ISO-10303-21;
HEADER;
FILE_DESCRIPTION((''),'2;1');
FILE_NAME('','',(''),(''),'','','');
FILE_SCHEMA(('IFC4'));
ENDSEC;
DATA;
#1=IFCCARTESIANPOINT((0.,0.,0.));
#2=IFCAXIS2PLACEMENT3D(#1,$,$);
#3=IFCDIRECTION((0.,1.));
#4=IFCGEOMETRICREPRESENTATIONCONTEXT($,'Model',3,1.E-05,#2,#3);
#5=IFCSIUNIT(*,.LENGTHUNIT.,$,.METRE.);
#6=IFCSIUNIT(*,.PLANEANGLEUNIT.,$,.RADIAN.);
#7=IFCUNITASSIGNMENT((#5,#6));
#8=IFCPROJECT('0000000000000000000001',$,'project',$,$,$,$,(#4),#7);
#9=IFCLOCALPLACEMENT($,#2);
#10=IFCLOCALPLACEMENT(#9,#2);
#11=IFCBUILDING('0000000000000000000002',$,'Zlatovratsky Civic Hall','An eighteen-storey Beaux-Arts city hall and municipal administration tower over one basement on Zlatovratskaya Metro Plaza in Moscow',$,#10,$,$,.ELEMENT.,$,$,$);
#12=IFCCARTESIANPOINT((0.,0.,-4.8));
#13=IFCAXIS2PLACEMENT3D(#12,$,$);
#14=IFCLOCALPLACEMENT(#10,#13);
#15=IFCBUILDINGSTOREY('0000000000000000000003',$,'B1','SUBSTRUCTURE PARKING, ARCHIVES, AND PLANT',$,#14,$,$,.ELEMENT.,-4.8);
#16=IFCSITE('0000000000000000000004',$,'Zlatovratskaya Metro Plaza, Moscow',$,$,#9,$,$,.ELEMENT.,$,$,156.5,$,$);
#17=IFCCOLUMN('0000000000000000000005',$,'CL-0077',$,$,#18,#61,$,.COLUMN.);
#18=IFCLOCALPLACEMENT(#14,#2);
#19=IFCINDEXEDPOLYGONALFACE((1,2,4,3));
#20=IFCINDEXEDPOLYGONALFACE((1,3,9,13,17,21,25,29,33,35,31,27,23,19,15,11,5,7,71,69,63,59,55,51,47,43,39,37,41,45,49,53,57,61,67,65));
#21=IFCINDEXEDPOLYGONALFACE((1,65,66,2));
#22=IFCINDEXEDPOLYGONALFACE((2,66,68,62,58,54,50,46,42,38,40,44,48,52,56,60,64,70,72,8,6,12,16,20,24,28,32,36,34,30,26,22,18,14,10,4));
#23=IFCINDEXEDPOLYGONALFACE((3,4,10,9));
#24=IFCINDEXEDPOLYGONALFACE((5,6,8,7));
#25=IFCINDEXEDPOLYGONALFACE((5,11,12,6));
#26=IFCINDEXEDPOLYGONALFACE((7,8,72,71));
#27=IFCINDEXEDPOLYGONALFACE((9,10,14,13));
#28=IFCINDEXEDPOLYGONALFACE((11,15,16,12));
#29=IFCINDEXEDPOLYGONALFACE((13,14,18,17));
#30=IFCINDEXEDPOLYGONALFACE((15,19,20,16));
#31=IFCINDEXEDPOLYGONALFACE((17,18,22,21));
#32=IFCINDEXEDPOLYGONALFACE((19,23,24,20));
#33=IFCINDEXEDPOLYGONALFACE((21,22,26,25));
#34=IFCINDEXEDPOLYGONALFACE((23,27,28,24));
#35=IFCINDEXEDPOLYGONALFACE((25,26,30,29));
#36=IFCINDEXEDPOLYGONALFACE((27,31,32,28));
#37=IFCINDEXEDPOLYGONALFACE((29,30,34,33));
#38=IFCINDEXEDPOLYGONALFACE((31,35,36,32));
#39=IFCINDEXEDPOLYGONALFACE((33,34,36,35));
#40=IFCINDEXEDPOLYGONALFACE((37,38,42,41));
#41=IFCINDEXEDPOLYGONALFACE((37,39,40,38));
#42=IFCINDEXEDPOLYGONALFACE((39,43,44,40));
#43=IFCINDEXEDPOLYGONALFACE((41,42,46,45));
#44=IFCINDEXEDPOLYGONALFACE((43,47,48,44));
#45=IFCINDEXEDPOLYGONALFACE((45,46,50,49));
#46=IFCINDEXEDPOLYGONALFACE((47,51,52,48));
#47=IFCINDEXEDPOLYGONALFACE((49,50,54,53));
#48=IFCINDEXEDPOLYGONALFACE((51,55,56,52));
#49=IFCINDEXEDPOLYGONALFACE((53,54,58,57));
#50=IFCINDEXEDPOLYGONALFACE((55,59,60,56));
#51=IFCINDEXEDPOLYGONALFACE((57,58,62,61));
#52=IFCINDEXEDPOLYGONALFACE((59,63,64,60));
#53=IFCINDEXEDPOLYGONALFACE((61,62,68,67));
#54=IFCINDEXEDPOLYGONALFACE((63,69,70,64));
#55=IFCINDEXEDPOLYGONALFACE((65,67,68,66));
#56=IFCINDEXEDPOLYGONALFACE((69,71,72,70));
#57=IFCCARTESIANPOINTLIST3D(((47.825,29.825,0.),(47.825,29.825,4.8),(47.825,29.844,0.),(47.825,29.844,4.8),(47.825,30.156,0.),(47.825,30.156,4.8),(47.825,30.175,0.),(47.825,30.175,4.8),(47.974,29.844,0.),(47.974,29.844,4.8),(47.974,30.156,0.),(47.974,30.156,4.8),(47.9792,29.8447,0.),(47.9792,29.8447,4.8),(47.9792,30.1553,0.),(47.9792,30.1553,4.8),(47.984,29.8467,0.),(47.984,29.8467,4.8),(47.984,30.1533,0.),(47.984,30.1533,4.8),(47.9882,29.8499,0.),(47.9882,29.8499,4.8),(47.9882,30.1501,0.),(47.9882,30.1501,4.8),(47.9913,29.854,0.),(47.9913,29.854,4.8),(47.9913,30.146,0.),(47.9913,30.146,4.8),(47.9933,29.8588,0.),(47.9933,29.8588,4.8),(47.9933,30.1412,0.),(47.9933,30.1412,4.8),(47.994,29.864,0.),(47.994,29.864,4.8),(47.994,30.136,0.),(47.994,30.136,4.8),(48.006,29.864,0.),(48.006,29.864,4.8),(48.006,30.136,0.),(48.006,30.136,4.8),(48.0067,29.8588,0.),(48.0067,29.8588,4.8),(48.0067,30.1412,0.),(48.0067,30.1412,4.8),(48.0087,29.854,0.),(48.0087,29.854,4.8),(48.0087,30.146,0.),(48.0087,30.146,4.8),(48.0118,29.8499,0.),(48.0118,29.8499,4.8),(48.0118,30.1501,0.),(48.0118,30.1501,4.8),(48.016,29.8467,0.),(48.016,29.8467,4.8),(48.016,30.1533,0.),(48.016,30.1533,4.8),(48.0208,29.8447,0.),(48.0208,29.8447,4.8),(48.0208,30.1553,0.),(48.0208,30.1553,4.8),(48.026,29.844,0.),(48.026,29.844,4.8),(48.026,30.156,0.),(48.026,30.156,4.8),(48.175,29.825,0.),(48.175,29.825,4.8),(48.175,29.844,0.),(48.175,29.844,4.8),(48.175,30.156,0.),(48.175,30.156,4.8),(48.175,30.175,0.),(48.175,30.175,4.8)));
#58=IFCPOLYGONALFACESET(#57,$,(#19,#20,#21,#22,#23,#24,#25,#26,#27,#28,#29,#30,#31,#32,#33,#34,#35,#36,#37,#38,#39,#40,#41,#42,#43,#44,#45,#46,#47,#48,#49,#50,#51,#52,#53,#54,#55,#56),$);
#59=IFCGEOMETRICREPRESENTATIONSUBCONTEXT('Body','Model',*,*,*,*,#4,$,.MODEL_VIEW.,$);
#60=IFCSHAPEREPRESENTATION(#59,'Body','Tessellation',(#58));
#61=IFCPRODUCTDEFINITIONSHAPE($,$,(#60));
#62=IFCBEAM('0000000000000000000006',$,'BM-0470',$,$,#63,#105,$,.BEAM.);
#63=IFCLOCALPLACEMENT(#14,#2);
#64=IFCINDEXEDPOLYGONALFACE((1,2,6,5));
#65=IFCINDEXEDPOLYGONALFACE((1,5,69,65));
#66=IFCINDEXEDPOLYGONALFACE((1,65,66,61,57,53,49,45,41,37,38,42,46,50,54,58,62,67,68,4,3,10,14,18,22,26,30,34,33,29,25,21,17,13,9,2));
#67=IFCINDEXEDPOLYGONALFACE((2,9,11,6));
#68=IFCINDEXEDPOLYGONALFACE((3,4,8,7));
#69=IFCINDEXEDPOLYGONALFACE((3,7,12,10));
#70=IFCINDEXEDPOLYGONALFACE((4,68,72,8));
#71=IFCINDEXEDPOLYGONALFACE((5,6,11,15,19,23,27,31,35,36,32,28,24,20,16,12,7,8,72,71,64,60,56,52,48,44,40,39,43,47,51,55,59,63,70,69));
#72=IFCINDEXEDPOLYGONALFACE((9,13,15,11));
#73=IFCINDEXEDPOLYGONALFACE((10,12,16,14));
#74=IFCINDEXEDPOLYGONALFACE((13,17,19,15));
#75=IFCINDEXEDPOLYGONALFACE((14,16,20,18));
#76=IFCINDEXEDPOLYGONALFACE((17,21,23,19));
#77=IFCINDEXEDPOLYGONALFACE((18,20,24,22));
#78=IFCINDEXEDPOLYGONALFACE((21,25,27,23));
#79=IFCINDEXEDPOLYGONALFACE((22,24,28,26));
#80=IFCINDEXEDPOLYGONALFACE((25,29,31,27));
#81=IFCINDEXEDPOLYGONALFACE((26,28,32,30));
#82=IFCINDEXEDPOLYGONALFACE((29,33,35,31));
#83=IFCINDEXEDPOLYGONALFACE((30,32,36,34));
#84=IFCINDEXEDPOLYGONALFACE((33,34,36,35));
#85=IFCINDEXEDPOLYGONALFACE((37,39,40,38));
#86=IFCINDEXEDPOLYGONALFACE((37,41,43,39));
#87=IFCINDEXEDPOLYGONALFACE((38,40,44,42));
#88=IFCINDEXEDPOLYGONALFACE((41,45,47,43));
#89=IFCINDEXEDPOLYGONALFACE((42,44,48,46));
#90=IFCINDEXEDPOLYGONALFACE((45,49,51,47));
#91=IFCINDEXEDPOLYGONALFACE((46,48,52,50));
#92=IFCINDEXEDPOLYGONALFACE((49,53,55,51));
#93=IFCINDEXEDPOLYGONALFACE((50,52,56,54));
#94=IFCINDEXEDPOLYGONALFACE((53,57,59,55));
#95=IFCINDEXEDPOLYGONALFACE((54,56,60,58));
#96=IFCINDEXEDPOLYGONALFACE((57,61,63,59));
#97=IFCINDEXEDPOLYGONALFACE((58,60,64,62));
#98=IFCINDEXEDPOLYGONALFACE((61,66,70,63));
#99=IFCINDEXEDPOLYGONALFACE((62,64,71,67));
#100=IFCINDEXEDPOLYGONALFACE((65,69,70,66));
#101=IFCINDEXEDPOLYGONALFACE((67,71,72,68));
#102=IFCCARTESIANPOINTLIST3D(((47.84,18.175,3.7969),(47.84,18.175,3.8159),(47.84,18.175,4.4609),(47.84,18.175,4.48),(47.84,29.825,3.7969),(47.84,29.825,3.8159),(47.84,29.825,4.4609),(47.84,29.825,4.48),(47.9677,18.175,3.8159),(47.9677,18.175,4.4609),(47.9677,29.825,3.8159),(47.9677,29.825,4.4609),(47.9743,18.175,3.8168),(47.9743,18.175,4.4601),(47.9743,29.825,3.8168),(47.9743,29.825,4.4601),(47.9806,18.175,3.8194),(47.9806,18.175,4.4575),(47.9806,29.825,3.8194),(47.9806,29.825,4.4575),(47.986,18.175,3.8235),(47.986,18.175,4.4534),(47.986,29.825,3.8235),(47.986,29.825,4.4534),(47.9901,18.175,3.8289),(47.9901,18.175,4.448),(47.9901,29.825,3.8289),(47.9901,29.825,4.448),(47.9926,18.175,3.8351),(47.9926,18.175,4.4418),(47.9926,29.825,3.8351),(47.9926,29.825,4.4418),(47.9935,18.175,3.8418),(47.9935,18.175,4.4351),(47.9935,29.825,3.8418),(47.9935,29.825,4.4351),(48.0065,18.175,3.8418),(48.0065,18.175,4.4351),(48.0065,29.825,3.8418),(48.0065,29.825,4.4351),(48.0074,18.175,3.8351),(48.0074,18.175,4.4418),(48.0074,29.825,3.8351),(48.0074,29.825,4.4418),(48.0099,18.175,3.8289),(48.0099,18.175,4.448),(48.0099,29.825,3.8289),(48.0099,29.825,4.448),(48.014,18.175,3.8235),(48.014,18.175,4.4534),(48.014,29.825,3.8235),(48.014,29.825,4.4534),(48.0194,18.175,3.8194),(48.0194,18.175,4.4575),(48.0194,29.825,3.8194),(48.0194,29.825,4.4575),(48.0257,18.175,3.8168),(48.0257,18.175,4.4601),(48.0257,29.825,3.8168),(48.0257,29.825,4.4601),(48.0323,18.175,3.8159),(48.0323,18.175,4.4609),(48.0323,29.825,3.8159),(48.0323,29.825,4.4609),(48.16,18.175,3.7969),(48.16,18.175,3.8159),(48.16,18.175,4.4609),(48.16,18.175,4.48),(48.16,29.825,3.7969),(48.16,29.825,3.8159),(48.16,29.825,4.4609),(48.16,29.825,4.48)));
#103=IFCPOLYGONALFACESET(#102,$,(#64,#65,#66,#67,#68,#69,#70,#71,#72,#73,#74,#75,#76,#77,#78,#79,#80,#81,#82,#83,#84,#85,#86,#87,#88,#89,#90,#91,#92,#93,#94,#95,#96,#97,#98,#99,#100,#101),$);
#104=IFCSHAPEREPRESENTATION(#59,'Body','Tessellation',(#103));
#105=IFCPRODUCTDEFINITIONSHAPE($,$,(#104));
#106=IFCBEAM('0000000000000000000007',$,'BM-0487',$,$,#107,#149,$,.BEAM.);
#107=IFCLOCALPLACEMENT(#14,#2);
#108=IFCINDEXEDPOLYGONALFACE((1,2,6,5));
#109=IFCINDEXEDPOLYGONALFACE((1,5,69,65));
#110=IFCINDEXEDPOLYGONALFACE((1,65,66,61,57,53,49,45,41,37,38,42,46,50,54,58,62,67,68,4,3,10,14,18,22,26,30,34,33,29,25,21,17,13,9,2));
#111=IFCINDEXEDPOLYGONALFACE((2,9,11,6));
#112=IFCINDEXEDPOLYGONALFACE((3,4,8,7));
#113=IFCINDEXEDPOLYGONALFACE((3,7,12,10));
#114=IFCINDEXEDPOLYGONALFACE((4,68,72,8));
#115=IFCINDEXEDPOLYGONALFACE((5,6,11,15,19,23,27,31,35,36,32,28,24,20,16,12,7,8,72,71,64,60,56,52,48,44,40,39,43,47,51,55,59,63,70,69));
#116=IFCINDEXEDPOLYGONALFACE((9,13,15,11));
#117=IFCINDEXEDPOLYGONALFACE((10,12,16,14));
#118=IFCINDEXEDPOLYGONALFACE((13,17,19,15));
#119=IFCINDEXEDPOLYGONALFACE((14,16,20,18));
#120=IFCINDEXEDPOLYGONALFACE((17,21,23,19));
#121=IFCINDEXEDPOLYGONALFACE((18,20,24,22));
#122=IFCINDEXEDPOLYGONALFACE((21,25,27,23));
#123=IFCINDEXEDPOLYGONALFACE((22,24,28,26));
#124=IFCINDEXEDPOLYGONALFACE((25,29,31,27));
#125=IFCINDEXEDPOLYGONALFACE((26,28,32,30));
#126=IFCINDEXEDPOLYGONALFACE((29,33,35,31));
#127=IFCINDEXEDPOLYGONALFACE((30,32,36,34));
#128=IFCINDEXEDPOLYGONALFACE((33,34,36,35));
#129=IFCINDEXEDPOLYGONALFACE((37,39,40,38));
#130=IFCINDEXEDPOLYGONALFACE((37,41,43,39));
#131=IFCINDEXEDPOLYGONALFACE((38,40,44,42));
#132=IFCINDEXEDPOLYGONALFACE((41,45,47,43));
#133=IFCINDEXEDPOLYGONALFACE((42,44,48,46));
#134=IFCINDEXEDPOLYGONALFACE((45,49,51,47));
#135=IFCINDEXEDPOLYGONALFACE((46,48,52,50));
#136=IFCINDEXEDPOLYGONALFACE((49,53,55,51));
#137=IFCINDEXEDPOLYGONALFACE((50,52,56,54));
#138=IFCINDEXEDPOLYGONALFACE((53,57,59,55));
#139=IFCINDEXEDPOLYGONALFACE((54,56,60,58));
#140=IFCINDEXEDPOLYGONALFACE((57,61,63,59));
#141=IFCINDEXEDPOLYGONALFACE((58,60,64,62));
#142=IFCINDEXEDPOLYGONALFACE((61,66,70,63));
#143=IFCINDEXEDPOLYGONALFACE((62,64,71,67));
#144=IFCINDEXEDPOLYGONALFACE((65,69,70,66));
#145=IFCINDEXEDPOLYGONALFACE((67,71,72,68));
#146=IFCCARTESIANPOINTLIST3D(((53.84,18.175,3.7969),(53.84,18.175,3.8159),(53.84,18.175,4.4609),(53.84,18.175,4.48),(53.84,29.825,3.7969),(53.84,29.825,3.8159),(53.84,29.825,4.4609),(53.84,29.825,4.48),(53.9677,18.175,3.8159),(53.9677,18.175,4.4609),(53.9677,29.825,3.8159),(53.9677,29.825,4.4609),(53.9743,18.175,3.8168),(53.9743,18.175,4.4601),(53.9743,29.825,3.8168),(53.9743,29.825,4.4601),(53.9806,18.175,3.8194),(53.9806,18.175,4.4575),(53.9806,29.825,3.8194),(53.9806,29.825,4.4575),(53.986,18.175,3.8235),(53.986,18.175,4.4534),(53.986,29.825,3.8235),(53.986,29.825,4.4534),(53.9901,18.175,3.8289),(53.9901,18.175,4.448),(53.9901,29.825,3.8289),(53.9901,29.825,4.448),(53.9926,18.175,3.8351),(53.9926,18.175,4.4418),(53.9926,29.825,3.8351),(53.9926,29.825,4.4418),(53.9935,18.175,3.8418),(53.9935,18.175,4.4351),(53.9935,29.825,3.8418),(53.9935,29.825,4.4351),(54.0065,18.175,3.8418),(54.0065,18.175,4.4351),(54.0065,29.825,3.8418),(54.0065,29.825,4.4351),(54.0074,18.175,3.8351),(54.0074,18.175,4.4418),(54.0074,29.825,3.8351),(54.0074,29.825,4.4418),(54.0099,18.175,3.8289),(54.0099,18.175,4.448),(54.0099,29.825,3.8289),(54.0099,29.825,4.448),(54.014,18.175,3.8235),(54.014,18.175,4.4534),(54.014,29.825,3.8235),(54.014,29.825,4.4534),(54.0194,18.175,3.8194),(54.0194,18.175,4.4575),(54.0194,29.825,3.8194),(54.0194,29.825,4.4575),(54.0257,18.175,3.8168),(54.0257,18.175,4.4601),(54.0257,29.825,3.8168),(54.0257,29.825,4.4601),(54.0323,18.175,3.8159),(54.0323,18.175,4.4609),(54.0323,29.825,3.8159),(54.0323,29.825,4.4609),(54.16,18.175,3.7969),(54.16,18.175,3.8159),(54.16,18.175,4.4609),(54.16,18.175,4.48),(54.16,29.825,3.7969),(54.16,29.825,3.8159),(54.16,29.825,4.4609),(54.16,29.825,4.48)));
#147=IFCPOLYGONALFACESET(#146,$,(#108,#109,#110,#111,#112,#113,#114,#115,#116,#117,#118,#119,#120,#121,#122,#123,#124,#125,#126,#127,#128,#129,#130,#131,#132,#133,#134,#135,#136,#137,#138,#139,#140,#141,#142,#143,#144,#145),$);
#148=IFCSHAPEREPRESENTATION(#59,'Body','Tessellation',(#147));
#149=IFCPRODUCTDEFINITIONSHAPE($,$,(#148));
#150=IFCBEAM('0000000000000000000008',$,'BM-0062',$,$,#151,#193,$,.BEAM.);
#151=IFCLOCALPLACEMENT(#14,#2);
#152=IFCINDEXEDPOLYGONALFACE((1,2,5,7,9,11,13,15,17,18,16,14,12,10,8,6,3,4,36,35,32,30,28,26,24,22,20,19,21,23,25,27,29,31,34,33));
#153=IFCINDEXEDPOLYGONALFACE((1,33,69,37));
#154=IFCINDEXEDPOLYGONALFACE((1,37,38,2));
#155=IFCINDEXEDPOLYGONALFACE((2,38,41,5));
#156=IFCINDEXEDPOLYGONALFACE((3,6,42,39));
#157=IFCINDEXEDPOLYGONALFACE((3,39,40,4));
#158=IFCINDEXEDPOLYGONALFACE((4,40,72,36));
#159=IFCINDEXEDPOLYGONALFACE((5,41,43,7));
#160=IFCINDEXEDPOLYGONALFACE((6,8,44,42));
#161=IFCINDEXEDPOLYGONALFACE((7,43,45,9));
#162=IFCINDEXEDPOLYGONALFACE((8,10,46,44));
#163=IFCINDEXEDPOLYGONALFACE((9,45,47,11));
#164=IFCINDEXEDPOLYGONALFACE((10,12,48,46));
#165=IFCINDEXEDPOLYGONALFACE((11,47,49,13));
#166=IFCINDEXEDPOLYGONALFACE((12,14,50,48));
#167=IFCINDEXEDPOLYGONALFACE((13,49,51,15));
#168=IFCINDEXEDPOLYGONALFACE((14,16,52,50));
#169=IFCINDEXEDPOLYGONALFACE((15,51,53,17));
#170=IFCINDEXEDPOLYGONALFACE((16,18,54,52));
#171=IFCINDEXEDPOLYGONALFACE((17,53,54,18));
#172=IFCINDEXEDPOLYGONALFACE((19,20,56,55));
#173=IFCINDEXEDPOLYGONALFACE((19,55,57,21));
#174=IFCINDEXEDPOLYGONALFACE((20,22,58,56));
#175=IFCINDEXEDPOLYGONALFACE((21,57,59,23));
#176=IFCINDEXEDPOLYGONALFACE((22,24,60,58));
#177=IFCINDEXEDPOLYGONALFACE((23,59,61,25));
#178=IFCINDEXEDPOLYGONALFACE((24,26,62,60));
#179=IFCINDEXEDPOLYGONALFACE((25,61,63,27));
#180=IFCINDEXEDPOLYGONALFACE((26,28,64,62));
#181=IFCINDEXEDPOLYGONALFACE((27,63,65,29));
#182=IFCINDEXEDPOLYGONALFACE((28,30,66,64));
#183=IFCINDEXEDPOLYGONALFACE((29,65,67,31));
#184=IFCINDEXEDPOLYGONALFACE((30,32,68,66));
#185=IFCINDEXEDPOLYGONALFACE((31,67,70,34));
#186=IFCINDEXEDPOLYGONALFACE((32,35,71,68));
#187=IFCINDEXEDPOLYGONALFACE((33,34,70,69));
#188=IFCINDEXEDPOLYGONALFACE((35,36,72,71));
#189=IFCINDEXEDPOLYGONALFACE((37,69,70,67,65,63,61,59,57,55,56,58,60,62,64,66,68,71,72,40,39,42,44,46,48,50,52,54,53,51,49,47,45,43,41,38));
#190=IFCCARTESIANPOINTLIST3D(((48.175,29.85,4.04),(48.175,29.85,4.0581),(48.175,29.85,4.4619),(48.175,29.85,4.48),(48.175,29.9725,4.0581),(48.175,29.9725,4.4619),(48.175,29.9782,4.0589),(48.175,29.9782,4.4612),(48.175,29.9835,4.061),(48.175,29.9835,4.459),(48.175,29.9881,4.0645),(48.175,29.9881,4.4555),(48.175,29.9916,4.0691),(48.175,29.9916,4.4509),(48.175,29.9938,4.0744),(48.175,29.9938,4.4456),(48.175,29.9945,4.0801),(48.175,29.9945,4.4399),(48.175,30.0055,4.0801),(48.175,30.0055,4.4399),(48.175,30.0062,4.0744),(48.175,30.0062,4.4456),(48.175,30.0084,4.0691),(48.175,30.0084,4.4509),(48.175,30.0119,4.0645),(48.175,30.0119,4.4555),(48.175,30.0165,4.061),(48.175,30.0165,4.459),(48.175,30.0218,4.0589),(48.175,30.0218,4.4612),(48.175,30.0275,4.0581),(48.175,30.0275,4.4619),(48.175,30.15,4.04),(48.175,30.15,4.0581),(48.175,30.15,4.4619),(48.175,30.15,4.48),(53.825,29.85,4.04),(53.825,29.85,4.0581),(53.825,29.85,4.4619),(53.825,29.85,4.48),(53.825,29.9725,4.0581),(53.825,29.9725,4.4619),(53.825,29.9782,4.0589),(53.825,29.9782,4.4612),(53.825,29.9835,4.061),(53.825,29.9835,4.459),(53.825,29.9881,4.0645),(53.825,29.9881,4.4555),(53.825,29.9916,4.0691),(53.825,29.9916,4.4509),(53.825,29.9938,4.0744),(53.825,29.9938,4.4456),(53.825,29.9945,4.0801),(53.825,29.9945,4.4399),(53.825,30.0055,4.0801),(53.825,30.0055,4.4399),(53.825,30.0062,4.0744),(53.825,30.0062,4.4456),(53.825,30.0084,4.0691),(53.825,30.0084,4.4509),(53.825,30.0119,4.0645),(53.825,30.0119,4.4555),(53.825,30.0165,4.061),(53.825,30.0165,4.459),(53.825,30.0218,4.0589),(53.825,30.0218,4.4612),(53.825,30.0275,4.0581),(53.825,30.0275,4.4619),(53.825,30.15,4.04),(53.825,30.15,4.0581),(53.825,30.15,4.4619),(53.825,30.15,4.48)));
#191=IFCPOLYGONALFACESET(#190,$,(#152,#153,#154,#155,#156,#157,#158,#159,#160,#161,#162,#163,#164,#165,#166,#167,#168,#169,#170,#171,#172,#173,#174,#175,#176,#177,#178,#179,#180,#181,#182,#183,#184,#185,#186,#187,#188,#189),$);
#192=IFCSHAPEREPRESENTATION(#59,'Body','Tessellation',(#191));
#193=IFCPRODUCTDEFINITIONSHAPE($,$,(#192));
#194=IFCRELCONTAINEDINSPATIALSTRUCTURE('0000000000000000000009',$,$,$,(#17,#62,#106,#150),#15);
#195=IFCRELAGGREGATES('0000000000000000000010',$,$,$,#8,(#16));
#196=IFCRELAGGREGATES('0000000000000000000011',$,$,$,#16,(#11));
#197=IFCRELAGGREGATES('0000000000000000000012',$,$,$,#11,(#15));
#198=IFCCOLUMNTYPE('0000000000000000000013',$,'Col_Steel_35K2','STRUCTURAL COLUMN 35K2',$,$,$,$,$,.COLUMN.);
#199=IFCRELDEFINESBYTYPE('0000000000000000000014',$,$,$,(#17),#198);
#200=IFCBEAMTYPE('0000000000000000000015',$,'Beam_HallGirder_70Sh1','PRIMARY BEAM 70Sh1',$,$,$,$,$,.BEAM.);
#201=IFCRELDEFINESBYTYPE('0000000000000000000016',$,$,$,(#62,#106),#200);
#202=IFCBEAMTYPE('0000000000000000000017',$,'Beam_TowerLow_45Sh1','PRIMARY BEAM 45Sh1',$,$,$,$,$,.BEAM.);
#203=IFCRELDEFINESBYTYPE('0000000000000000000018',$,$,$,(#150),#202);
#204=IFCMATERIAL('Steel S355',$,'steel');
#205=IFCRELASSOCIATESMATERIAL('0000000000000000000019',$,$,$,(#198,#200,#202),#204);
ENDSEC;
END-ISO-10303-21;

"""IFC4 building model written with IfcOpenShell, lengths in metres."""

from ifc_helpers import new_model, si_unit, direction, frame, origin, origin_2d, place, context, subcontext, project, spatial, i_section, extrude, material, material_profile, profile_set, type_object, element, save


model = new_model("IFC4")

# Units and contexts
model_context = context("Model", 3, precision=1e-05, world=origin(), true_north=direction((0.0, 1.0)))
body_context = subcontext(model_context, "Body", "Model", "MODEL_VIEW")
ifc_project = project(units=[si_unit("LENGTHUNIT", "METRE"), si_unit("PLANEANGLEUNIT", "RADIAN")], contexts=[model_context])

# Site, building, storey
site_placement = place(None, origin())
site = spatial("IfcSite", under=ifc_project, at=site_placement, Name="Zlatovratskaya Metro Plaza, Moscow", CompositionType="ELEMENT", RefElevation=156.5)
building_placement = place(site_placement, origin())
building = spatial("IfcBuilding", under=site, at=building_placement, Name="Zlatovratsky Civic Hall", Description="An eighteen-storey Beaux-Arts city hall and municipal administration tower over one basement on Zlatovratskaya Metro Plaza in Moscow", CompositionType="ELEMENT")
storey_placement = place(building_placement, frame((0.0, 0.0, -4.8)))
storey = spatial("IfcBuildingStorey", under=building, at=storey_placement, Name="B1", Description="SUBSTRUCTURE PARKING, ARCHIVES, AND PLANT", CompositionType="ELEMENT", Elevation=-4.8)

# Column
ifc_material_1 = material(Name="Steel S355", Category="steel")
ifc_material_profile_1 = material_profile(ifc_material_1, i_section(OverallWidth=0.3501, OverallDepth=0.3501, WebThickness=0.012, FlangeThickness=0.019, FilletRadius=0.02, at=origin_2d()), Name="35K2")
ifc_profile_set_1 = profile_set([ifc_material_profile_1], Name="Steel S355")
column_type = type_object("IfcColumnType", Name="Col_Steel_35K2", Description="STRUCTURAL COLUMN 35K2", PredefinedType="COLUMN", material=ifc_profile_set_1)
column_placement = place(storey_placement, frame((48.0, 30.0, 0.0), z_axis=(0.0, 0.0, 1.0), x_axis=(1.0, 0.0, 0.0)))
element("IfcColumn", 1, at=column_placement, inside=storey, type_object=column_type, Name="CL-0077", PredefinedType="COLUMN", context=body_context, shape_type="SweptSolid", body=[
    extrude(i_section(OverallWidth=0.3501, OverallDepth=0.3501, WebThickness=0.012, FlangeThickness=0.019, FilletRadius=0.02, at=origin_2d()), origin(), (0.0, 0.0, 1.0), 4.8),
])

# Beams
ifc_material_profile_2 = material_profile(ifc_material_1, i_section(OverallWidth=0.3201, OverallDepth=0.6831, WebThickness=0.0129, FlangeThickness=0.019, FilletRadius=0.0259, at=origin_2d()), Name="70Sh1")
ifc_profile_set_2 = profile_set([ifc_material_profile_2], Name="Steel S355")
beam_type_1 = type_object("IfcBeamType", Name="Beam_HallGirder_70Sh1", Description="PRIMARY BEAM 70Sh1", PredefinedType="BEAM", material=ifc_profile_set_2)
for number, where, z_axis, x_axis, name in (
    (2, (48.0, 18.175, 4.1384), (0.0, 1.0, 0.0), (-1.0, 0.0, 0.0), "BM-0470"),
    (3, (54.0, 18.175, 4.1384), (0.0, 1.0, 0.0), (-1.0, 0.0, 0.0), "BM-0487"),
):
    element("IfcBeam", number, at=place(storey_placement, frame(where, z_axis=z_axis, x_axis=x_axis)), inside=storey, type_object=beam_type_1, Name=name, PredefinedType="BEAM", context=body_context, shape_type="SweptSolid", body=[
        extrude(i_section(OverallWidth=0.3201, OverallDepth=0.6831, WebThickness=0.0129, FlangeThickness=0.019, FilletRadius=0.0259, at=origin_2d()), origin(), (0.0, 0.0, 1.0), 11.6499),
    ])
ifc_material_profile_3 = material_profile(ifc_material_1, i_section(OverallWidth=0.3, OverallDepth=0.4399, WebThickness=0.011, FlangeThickness=0.0181, FilletRadius=0.022, at=origin_2d()), Name="45Sh1")
ifc_profile_set_3 = profile_set([ifc_material_profile_3], Name="Steel S355")
beam_type_2 = type_object("IfcBeamType", Name="Beam_TowerLow_45Sh1", Description="PRIMARY BEAM 45Sh1", PredefinedType="BEAM", material=ifc_profile_set_3)
for number, where, z_axis, x_axis, name in (
    (4, (48.175, 30.0, 4.26), (1.0, 0.0, 0.0), (0.0, 1.0, 0.0), "BM-0062"),
):
    element("IfcBeam", number, at=place(storey_placement, frame(where, z_axis=z_axis, x_axis=x_axis)), inside=storey, type_object=beam_type_2, Name=name, PredefinedType="BEAM", context=body_context, shape_type="SweptSolid", body=[
        extrude(i_section(OverallWidth=0.3, OverallDepth=0.4399, WebThickness=0.011, FlangeThickness=0.0181, FilletRadius=0.022, at=origin_2d()), origin(), (0.0, 0.0, 1.0), 5.6499),
    ])

save(model, "model.ifc")
